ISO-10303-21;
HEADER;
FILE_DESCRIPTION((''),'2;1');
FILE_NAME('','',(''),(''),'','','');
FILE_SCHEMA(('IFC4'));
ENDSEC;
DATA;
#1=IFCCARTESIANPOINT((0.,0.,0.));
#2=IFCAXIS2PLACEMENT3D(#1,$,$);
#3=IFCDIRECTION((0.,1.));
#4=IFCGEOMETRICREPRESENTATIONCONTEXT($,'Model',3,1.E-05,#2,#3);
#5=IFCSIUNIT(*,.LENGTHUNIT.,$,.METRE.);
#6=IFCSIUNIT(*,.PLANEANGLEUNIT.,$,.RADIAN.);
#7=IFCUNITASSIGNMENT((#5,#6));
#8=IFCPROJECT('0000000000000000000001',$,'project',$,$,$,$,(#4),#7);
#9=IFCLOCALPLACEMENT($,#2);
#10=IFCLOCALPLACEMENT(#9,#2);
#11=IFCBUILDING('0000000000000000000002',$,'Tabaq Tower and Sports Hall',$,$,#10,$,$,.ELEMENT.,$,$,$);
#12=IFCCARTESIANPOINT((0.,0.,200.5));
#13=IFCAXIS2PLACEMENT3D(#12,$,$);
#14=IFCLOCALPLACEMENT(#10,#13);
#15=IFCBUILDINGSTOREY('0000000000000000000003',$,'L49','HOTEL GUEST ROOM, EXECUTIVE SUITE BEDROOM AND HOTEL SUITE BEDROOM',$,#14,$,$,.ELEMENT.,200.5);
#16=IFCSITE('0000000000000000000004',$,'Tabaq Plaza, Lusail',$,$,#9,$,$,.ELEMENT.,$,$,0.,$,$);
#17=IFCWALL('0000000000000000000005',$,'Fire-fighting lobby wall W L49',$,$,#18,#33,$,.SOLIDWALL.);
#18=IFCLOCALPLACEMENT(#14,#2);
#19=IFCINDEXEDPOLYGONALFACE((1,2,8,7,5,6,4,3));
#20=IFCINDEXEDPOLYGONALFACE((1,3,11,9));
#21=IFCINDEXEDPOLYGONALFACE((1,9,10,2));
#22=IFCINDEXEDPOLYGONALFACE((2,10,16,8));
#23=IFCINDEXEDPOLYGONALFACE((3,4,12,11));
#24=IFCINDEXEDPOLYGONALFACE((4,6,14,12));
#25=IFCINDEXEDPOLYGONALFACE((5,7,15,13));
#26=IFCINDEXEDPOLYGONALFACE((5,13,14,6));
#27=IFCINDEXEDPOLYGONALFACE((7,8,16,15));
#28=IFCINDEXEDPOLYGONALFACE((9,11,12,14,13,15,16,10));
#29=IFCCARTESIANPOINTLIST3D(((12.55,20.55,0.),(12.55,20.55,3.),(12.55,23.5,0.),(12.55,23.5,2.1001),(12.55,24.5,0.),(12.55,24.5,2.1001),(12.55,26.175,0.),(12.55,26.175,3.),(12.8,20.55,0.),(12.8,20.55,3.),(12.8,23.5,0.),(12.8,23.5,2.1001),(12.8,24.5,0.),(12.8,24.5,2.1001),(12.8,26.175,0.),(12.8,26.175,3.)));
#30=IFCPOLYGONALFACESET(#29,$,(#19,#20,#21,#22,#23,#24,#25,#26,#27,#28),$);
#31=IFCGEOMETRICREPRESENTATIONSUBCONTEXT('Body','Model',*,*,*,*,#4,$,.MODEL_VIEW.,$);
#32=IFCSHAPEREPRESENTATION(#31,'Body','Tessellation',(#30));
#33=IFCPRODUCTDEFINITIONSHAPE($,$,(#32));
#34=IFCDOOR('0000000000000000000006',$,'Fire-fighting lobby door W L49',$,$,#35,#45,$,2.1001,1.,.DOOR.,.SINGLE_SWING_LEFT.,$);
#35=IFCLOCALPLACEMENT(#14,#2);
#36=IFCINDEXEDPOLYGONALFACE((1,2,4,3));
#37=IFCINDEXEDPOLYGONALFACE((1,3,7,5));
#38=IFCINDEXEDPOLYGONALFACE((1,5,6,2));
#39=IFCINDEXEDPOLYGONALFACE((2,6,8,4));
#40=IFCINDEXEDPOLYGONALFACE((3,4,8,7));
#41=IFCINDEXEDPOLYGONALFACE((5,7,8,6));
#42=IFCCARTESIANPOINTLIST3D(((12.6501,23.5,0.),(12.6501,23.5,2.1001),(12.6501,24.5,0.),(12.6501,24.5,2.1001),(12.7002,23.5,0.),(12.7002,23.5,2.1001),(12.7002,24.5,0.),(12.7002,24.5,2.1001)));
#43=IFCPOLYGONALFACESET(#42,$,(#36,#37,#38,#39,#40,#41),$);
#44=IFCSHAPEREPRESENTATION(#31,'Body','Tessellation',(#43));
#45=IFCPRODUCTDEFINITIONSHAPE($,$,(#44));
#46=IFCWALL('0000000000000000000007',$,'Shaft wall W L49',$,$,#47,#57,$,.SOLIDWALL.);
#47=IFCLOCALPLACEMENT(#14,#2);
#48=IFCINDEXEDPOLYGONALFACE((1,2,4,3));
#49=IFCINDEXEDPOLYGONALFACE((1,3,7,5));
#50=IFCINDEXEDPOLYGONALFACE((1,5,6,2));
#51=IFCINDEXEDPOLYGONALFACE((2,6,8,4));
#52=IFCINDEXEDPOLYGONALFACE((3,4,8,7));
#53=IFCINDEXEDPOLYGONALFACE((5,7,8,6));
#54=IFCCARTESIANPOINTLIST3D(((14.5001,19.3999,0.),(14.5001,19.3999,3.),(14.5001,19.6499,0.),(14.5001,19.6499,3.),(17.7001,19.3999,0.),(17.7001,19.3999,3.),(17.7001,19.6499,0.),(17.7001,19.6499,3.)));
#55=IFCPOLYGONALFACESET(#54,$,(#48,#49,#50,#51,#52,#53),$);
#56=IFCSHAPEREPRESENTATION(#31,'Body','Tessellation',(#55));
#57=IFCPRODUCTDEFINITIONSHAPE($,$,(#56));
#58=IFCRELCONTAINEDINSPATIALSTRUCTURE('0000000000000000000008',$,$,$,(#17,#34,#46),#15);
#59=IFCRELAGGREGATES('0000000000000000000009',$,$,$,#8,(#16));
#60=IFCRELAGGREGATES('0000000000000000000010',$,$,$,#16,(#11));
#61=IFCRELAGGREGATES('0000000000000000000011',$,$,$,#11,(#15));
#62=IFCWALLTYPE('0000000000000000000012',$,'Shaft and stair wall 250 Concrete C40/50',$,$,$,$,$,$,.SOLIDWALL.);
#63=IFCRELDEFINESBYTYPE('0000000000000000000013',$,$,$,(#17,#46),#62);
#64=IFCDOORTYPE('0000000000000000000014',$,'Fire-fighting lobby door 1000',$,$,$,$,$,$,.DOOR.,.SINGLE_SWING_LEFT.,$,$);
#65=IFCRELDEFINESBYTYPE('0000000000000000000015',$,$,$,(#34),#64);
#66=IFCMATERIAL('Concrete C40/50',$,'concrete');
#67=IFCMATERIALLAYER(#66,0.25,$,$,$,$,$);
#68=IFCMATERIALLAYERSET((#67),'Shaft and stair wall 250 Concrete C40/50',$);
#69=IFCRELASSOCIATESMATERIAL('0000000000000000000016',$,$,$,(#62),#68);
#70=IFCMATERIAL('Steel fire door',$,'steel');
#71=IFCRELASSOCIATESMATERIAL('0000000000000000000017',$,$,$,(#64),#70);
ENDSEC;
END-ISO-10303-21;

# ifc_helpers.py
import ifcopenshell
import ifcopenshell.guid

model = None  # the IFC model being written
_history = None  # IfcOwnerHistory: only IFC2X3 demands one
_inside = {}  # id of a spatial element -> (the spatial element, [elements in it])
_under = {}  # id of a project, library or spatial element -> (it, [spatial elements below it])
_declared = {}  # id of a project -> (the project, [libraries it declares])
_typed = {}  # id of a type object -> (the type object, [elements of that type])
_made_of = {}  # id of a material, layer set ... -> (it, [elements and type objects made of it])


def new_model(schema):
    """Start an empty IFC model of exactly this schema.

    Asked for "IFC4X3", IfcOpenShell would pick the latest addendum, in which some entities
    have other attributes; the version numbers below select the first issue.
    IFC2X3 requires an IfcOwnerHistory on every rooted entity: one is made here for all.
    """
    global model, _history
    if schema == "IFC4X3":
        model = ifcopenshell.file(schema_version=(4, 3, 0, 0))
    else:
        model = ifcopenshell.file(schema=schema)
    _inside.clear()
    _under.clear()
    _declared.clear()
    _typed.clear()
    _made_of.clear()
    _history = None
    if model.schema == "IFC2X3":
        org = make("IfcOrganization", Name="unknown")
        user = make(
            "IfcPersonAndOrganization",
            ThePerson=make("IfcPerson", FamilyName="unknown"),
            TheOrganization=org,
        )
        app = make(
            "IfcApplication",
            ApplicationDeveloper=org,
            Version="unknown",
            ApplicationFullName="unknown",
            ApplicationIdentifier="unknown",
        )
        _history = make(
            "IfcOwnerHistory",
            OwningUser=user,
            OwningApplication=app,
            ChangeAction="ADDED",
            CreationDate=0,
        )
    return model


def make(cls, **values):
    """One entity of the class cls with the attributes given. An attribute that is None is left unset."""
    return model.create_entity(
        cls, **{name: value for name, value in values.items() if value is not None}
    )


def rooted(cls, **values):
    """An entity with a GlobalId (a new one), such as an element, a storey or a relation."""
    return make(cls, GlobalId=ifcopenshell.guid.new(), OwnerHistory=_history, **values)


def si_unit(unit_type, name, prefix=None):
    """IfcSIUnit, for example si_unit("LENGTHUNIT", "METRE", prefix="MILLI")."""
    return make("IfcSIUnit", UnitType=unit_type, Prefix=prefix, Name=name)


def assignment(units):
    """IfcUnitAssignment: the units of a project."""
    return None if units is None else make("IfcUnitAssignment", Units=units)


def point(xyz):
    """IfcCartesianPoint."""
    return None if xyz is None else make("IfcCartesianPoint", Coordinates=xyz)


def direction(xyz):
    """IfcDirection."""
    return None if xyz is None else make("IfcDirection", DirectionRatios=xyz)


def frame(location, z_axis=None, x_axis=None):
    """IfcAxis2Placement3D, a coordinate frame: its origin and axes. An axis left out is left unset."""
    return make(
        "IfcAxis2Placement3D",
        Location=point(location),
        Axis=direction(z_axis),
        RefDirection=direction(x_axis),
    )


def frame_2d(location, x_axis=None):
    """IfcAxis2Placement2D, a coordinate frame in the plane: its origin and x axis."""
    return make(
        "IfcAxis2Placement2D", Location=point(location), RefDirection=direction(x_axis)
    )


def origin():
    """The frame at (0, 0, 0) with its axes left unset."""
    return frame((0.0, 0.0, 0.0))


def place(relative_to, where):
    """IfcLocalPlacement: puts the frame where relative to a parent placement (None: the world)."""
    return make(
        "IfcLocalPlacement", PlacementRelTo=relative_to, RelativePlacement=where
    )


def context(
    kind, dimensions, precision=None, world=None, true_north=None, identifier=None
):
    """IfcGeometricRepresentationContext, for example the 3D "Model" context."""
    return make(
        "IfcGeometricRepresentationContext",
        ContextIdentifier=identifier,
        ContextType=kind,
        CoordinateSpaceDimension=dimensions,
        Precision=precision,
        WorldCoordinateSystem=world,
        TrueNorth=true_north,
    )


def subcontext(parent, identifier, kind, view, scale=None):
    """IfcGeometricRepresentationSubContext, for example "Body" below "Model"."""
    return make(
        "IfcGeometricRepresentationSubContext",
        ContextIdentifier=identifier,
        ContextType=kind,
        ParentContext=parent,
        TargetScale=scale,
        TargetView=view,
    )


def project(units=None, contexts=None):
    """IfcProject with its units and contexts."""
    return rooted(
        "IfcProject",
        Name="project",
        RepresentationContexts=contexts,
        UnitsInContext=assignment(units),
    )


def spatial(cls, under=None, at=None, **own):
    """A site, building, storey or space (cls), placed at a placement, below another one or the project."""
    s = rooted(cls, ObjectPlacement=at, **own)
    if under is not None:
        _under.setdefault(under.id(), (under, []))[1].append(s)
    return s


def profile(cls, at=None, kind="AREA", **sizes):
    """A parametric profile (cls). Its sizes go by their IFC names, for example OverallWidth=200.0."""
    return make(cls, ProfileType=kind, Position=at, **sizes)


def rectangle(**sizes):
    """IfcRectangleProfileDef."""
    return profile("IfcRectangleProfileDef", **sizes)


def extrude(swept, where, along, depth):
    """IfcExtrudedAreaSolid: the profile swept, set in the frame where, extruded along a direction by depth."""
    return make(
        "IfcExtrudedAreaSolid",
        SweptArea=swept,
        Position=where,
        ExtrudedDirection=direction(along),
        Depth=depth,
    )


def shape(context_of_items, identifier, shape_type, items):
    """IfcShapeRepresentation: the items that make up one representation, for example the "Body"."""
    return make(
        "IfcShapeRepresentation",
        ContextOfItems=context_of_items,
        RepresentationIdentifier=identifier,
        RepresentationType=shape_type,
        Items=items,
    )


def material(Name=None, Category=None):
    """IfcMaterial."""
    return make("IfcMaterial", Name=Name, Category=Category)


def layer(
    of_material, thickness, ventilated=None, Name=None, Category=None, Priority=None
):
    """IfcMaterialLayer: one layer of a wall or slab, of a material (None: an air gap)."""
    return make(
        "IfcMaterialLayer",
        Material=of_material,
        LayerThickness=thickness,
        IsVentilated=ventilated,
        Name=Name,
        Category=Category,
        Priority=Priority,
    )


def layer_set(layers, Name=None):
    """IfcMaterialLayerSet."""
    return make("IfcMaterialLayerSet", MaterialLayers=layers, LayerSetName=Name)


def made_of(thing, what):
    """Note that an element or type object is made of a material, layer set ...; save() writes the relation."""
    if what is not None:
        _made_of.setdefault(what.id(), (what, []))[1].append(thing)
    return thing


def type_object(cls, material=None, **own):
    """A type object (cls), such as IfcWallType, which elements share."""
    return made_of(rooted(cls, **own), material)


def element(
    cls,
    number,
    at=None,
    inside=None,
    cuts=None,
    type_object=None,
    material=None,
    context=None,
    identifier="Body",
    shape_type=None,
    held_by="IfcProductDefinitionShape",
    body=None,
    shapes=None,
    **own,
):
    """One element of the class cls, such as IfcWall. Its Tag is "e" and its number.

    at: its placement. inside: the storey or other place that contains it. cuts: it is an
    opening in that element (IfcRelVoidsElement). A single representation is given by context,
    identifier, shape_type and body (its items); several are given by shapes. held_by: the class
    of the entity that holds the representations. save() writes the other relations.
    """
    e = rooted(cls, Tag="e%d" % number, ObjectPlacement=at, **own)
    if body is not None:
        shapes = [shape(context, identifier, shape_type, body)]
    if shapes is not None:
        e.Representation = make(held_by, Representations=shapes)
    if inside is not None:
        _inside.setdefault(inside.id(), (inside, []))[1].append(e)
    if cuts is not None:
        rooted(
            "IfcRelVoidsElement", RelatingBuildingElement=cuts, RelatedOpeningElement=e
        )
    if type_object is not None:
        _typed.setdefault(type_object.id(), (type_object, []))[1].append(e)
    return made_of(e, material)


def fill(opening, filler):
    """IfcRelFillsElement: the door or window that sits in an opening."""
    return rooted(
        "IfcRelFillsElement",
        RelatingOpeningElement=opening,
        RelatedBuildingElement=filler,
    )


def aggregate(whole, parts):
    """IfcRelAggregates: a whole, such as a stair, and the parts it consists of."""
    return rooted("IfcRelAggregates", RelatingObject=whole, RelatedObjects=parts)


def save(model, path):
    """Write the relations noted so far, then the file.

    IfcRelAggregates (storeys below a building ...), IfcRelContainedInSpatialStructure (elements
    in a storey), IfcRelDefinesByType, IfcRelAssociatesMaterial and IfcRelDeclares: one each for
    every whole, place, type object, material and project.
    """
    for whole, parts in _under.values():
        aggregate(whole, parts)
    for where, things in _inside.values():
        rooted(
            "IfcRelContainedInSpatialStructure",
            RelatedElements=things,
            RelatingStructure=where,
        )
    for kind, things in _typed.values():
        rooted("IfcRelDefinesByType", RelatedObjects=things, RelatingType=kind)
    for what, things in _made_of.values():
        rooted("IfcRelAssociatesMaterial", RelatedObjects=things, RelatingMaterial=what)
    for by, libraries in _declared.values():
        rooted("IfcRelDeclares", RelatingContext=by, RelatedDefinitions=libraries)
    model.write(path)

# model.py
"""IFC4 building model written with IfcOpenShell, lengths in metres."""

from ifc_helpers import new_model, si_unit, direction, frame, frame_2d, origin, place, context, subcontext, project, spatial, rectangle, extrude, material, layer, layer_set, type_object, element, fill, save


model = new_model("IFC4")

# Units and contexts
model_context = context("Model", 3, precision=1e-05, world=origin(), true_north=direction((0.0, 1.0)))
body_context = subcontext(model_context, "Body", "Model", "MODEL_VIEW")
ifc_project = project(units=[si_unit("LENGTHUNIT", "METRE"), si_unit("PLANEANGLEUNIT", "RADIAN")], contexts=[model_context])

# Site, building, storey
site_placement = place(None, origin())
site = spatial("IfcSite", under=ifc_project, at=site_placement, Name="Tabaq Plaza, Lusail", CompositionType="ELEMENT", RefElevation=0.0)
building_placement = place(site_placement, origin())
building = spatial("IfcBuilding", under=site, at=building_placement, Name="Tabaq Tower and Sports Hall", CompositionType="ELEMENT")
storey_placement = place(building_placement, frame((0.0, 0.0, 200.5)))
storey = spatial("IfcBuildingStorey", under=building, at=storey_placement, Name="L49", Description="HOTEL GUEST ROOM, EXECUTIVE SUITE BEDROOM AND HOTEL SUITE BEDROOM", CompositionType="ELEMENT", Elevation=200.5)

# Shared definitions
ifc_material_1 = material(Name="Concrete C40/50", Category="concrete")
ifc_layer_1 = layer(ifc_material_1, 0.25)
ifc_layer_set_1 = layer_set([ifc_layer_1], Name="Shaft and stair wall 250 Concrete C40/50")
wall_type_1 = type_object("IfcWallType", Name="Shaft and stair wall 250 Concrete C40/50", PredefinedType="SOLIDWALL", material=ifc_layer_set_1)

# Wall, opening, door
wall_1_placement = place(storey_placement, frame((12.675, 20.55, 0.0), z_axis=(0.0, 0.0, 1.0), x_axis=(0.0, 1.0, 0.0)))
wall_1 = element("IfcWall", 1, at=wall_1_placement, inside=storey, type_object=wall_type_1, Name="Fire-fighting lobby wall W L49", PredefinedType="SOLIDWALL", context=body_context, shape_type="SweptSolid", body=[
    extrude(rectangle(XDim=5.625, YDim=0.25, at=frame_2d((2.8125, 0.0))), origin(), (0.0, 0.0, 1.0), 3.0),
])
opening_1_placement = place(wall_1_placement, frame((2.95, 0.0, 0.0)))
opening_1 = element("IfcOpeningElement", 2, at=opening_1_placement, cuts=wall_1, PredefinedType="OPENING", context=body_context, shape_type="SweptSolid", body=[
    extrude(rectangle(XDim=1.0, YDim=2.1001, at=frame_2d((0.5, 1.05))), frame((0.0, 0.125, 0.0), z_axis=(0.0, -1.0, 0.0), x_axis=(1.0, 0.0, 0.0)), (0.0, 0.0, 1.0), 0.25),
])
ifc_material_2 = material(Name="Steel fire door", Category="steel")
door_type_1 = type_object("IfcDoorType", Name="Fire-fighting lobby door 1000", OperationType="SINGLE_SWING_LEFT", PredefinedType="DOOR", material=ifc_material_2)
door_1_placement = place(opening_1_placement, origin())
door_1 = element("IfcDoor", 3, at=door_1_placement, inside=storey, type_object=door_type_1, Name="Fire-fighting lobby door W L49", OperationType="SINGLE_SWING_LEFT", OverallHeight=2.1001, OverallWidth=1.0, PredefinedType="DOOR", context=body_context, shape_type="SweptSolid", body=[
    extrude(rectangle(XDim=1.0, YDim=2.1001, at=frame_2d((0.5, 1.05))), frame((0.0, 0.0249, 0.0), z_axis=(0.0, -1.0, 0.0), x_axis=(1.0, 0.0, 0.0)), (0.0, 0.0, 1.0), 0.05),
])
fill(opening_1, door_1)

# Wall
wall_2_placement = place(storey_placement, frame((14.5, 19.5249, 0.0), z_axis=(0.0, 0.0, 1.0), x_axis=(1.0, 0.0, 0.0)))
element("IfcWall", 4, at=wall_2_placement, inside=storey, type_object=wall_type_1, Name="Shaft wall W L49", PredefinedType="SOLIDWALL", context=body_context, shape_type="SweptSolid", body=[
    extrude(rectangle(XDim=3.2, YDim=0.25, at=frame_2d((1.6001, 0.0))), origin(), (0.0, 0.0, 1.0), 3.0),
])

save(model, "model.ifc")
